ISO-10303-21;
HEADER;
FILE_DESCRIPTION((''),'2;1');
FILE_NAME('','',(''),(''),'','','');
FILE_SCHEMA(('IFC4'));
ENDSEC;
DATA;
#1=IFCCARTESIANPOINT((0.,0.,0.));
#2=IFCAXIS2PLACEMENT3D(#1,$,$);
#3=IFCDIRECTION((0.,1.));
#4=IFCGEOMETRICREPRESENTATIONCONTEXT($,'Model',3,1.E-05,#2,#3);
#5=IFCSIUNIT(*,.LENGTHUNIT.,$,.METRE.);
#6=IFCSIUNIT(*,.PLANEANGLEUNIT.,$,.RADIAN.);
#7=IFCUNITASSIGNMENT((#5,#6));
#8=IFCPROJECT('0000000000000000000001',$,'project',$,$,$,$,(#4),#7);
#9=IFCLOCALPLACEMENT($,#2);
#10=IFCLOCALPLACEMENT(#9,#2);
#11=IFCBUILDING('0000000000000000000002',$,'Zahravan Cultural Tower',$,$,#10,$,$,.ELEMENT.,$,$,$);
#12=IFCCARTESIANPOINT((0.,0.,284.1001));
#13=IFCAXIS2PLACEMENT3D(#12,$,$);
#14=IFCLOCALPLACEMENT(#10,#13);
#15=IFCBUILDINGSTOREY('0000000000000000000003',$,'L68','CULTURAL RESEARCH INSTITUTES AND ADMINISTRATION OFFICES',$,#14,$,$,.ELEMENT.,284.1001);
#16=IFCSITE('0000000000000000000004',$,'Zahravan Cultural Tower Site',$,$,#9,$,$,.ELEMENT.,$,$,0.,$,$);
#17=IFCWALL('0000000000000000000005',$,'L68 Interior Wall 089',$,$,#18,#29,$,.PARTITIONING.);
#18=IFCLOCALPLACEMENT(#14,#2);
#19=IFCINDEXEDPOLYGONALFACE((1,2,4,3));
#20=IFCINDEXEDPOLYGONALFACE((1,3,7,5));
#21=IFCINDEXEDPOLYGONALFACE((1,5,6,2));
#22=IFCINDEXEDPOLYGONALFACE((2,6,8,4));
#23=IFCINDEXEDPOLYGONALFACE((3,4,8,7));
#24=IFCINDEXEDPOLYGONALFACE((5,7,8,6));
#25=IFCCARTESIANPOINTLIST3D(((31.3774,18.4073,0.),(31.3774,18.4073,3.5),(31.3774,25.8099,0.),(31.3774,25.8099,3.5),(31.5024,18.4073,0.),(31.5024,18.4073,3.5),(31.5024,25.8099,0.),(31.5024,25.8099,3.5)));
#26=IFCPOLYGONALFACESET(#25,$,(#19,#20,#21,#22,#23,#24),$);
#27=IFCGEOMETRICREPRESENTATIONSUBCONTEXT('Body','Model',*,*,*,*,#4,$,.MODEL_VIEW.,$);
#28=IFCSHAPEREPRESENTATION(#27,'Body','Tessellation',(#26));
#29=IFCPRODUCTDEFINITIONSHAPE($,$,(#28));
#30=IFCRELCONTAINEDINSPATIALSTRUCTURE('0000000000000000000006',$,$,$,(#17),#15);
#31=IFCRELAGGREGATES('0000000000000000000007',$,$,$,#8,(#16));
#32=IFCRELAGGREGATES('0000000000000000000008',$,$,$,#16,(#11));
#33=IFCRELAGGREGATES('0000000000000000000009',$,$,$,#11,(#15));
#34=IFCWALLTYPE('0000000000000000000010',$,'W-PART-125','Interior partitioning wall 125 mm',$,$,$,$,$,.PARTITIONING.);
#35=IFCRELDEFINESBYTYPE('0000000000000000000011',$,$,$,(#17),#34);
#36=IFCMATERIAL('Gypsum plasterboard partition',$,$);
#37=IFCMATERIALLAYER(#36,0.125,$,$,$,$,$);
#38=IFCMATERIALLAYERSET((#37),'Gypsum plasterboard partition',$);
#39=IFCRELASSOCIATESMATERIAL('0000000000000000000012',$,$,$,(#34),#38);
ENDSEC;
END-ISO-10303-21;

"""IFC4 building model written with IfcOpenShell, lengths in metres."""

from ifc_helpers import new_model, si_unit, direction, frame, frame_2d, origin, place, context, subcontext, project, spatial, rectangle, extrude, source, transform, mapped, material, layer, layer_set, type_object, element, save


model = new_model("IFC4")

# Units and contexts
model_context = context("Model", 3, precision=1e-05, world=origin(), true_north=direction((0.0, 1.0)))
body_context = subcontext(model_context, "Body", "Model", "MODEL_VIEW")
ifc_project = project(units=[si_unit("LENGTHUNIT", "METRE"), si_unit("PLANEANGLEUNIT", "RADIAN")], contexts=[model_context])

# Site, building, storey
site_placement = place(None, origin())
site = spatial("IfcSite", under=ifc_project, at=site_placement, Name="Zahravan Cultural Tower Site", CompositionType="ELEMENT", RefElevation=0.0)
building_placement = place(site_placement, origin())
building = spatial("IfcBuilding", under=site, at=building_placement, Name="Zahravan Cultural Tower", CompositionType="ELEMENT")
storey_placement = place(building_placement, frame((0.0, 0.0, 284.1001)))
storey = spatial("IfcBuildingStorey", under=building, at=storey_placement, Name="L68", Description="CULTURAL RESEARCH INSTITUTES AND ADMINISTRATION OFFICES", CompositionType="ELEMENT", Elevation=284.1001)

# Shared definitions
ifc_material_1 = material(Name="Gypsum plasterboard partition")
ifc_layer_1 = layer(ifc_material_1, 0.125)
ifc_layer_set_1 = layer_set([ifc_layer_1], Name="Gypsum plasterboard partition")
wall_type_1 = type_object("IfcWallType", Name="W-PART-125", Description="Interior partitioning wall 125 mm", PredefinedType="PARTITIONING", material=ifc_layer_set_1)

# Wall
shared_shape_1 = source(origin(), body_context, "Body", "SweptSolid", [
    extrude(rectangle(XDim=7.4026, YDim=0.125, at=frame_2d((3.7012, 0.0))), origin(), (0.0, 0.0, 1.0), 3.5),
])
wall_1_placement = place(storey_placement, frame((31.4399, 18.4075, 0.0), z_axis=(0.0, 0.0, 1.0), x_axis=(0.0, 1.0, 0.0)))
element("IfcWall", 1, at=wall_1_placement, inside=storey, type_object=wall_type_1, Name="L68 Interior Wall 089", PredefinedType="PARTITIONING", context=body_context, shape_type="MappedRepresentation", body=[
    mapped(shared_shape_1, transform((0.0, 0.0, 0.0), x_axis=(1.0, 0.0, 0.0), y_axis=(0.0, 1.0, 0.0), z_axis=(0.0, 0.0, 1.0), scale=1.0)),
])

save(model, "model.ifc")
